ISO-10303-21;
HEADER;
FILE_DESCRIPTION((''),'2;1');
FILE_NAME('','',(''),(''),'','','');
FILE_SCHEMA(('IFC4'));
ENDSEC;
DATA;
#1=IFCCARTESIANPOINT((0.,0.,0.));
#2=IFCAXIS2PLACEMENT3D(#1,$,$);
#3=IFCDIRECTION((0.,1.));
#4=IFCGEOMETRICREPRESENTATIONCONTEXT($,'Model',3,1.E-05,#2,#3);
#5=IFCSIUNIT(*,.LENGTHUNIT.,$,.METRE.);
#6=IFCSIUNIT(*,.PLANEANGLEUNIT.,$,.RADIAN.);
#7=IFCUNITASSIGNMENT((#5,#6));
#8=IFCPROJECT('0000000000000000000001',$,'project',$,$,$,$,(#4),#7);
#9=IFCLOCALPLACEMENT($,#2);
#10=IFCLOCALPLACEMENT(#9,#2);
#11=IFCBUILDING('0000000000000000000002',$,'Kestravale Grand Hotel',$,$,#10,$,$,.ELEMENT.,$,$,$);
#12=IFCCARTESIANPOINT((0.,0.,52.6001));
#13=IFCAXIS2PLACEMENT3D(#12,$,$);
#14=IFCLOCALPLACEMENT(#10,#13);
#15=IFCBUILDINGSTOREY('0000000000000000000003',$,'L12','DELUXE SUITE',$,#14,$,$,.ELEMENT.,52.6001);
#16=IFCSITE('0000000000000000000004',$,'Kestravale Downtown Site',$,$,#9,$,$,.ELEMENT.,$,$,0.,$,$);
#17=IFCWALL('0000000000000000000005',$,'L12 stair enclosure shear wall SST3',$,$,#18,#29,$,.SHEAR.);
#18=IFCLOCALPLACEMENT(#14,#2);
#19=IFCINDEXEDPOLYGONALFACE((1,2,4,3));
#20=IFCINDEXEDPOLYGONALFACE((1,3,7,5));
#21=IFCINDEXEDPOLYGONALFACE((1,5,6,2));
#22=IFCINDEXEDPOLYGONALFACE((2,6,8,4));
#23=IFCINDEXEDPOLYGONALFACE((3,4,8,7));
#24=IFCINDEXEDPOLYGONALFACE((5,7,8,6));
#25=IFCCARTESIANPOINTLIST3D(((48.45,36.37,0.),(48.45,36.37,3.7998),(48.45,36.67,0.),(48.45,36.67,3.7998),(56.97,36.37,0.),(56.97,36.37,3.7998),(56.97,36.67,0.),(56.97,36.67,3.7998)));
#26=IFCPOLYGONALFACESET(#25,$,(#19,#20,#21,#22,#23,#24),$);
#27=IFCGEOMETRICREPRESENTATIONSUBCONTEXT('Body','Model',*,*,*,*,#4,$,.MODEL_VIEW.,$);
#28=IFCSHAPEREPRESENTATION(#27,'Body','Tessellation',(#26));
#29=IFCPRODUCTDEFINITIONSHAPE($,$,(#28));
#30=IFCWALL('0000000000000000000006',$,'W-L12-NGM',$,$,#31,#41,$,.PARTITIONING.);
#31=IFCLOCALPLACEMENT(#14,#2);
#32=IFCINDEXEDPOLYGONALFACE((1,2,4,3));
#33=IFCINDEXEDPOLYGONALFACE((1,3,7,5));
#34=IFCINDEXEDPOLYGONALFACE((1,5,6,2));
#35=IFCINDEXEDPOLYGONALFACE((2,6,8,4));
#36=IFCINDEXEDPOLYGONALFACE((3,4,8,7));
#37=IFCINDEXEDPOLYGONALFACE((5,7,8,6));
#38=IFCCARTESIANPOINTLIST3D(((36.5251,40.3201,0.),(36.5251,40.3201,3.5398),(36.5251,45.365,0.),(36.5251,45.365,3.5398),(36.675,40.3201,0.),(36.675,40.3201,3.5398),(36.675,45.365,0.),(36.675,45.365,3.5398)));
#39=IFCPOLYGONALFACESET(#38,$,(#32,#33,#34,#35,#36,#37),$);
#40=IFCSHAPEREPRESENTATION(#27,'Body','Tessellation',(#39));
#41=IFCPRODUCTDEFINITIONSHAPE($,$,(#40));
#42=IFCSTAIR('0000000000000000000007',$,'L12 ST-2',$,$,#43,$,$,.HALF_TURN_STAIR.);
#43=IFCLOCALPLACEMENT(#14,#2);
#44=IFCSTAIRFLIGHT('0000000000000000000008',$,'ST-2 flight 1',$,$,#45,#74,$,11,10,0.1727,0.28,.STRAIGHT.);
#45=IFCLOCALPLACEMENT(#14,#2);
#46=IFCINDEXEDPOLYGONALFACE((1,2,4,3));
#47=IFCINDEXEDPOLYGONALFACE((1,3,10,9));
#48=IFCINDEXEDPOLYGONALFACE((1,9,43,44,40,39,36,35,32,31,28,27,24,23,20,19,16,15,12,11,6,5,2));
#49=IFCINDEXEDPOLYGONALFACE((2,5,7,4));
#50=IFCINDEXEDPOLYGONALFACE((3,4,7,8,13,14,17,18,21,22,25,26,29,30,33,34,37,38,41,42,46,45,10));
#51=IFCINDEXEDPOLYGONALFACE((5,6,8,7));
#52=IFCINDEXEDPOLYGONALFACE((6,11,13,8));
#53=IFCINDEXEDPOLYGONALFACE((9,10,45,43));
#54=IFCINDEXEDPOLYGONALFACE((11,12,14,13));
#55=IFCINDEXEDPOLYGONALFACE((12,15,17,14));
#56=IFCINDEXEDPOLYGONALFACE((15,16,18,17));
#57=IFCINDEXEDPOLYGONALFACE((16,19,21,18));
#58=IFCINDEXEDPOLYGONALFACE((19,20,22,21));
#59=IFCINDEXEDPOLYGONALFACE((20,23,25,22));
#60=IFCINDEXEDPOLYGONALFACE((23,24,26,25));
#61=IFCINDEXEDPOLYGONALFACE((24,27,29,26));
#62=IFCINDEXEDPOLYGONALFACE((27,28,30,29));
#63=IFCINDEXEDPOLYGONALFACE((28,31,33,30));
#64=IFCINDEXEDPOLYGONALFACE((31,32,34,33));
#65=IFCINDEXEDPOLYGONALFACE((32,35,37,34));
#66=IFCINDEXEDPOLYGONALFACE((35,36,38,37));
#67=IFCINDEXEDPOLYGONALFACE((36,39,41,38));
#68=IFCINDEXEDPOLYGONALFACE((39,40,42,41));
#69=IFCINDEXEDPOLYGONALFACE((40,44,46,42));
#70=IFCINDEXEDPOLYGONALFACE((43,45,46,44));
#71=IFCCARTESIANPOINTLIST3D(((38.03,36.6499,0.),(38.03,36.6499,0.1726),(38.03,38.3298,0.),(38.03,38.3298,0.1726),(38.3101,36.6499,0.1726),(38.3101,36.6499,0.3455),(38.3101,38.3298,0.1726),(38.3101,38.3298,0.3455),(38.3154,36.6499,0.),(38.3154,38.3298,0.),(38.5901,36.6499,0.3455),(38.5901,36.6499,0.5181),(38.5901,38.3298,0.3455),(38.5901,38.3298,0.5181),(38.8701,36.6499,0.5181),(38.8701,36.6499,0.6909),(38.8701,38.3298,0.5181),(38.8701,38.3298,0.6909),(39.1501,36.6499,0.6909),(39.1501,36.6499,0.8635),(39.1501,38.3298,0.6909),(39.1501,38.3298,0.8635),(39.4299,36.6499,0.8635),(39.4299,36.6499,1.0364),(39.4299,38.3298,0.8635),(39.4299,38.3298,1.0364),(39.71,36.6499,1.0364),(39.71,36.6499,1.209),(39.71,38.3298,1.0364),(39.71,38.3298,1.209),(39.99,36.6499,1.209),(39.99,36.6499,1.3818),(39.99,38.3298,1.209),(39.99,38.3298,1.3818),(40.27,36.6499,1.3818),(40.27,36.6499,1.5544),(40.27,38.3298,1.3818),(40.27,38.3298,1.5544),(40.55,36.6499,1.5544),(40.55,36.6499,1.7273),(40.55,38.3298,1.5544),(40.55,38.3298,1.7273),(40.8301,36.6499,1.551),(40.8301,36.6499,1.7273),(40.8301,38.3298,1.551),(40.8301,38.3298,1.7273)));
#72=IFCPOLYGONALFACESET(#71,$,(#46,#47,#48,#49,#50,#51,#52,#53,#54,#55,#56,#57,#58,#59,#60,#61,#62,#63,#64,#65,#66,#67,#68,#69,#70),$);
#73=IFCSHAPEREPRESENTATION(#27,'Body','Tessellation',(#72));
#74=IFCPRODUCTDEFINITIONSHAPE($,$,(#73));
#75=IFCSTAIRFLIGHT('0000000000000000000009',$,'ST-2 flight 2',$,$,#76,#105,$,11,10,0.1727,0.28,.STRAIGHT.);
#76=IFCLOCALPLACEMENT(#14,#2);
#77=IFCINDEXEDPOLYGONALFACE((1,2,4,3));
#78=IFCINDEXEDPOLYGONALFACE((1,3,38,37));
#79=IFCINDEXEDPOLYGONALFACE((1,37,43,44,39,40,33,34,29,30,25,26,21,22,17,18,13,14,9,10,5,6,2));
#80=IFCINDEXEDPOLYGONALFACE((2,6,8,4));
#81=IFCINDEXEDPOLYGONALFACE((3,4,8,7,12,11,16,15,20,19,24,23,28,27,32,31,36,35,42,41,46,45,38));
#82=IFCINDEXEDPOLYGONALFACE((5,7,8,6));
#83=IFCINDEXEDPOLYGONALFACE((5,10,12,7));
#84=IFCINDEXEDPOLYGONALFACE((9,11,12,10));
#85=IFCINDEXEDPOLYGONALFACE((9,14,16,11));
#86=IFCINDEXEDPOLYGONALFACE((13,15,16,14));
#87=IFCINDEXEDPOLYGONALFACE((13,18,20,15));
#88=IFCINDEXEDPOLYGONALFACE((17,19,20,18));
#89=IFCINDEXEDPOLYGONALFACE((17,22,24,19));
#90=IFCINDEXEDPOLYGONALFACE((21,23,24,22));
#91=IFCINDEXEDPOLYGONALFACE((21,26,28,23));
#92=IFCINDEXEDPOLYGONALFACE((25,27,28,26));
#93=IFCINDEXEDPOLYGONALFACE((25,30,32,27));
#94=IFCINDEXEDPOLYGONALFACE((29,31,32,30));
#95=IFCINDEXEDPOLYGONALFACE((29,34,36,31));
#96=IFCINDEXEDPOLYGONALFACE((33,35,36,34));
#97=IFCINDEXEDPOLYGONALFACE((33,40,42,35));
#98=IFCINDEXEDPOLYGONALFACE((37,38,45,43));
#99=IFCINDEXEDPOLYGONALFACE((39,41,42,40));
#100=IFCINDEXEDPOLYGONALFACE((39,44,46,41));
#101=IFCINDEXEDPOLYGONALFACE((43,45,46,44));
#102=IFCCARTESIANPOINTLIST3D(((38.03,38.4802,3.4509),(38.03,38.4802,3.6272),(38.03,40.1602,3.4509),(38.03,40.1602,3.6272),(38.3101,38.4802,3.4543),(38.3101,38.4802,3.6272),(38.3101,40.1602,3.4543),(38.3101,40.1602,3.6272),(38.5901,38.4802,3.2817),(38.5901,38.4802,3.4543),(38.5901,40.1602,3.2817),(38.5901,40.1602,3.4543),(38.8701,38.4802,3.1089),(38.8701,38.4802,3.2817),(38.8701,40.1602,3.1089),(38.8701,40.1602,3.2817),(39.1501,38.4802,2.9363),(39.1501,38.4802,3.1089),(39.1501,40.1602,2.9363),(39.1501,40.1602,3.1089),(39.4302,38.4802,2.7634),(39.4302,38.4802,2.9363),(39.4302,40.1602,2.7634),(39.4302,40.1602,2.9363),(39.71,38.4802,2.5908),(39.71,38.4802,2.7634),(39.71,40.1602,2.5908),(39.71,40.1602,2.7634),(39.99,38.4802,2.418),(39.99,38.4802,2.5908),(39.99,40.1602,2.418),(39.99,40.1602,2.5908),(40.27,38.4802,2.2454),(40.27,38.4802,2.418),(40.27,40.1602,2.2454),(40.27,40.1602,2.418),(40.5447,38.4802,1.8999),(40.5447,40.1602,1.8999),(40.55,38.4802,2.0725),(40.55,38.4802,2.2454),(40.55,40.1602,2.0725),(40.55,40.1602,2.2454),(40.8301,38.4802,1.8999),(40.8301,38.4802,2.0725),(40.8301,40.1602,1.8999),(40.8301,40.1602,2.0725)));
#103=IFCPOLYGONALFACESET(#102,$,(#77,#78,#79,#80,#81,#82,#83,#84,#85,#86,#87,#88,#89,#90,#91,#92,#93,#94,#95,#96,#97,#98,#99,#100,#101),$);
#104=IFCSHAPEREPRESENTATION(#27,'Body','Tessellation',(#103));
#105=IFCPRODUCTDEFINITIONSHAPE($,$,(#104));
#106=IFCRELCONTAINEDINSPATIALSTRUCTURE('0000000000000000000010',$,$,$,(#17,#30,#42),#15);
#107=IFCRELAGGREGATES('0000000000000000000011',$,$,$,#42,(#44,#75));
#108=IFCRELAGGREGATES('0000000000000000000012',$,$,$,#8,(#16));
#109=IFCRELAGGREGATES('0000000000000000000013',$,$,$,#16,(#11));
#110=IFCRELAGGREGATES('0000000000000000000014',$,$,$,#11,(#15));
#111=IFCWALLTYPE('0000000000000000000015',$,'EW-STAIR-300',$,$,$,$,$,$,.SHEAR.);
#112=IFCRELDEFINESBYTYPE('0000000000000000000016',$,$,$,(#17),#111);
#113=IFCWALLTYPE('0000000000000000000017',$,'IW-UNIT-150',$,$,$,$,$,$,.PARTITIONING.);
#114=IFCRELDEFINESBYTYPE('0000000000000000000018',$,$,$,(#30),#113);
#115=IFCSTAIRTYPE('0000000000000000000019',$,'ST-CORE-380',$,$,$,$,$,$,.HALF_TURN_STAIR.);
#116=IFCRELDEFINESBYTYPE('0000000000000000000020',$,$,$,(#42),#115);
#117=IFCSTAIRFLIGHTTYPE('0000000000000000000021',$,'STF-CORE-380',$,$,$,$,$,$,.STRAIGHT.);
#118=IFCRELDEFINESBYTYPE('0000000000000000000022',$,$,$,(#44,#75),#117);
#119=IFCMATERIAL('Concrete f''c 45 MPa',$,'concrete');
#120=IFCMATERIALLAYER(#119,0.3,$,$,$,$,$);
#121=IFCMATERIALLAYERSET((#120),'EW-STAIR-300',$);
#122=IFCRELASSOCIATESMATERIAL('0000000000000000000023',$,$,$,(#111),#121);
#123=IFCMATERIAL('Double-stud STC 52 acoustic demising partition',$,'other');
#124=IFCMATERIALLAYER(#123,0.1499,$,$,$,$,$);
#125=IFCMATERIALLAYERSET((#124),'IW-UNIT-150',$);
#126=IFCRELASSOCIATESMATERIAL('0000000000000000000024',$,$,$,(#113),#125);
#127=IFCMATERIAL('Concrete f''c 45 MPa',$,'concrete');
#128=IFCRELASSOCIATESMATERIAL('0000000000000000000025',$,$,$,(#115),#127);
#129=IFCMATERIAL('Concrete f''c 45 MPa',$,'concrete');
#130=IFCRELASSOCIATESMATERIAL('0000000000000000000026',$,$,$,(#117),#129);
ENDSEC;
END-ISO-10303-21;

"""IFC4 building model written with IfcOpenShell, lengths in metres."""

from ifc_helpers import new_model, si_unit, direction, frame, frame_2d, origin, place, context, subcontext, project, spatial, polyline, rectangle, outline, extrude, material, layer, layer_set, type_object, element, aggregate, save


model = new_model("IFC4")

# Units and contexts
model_context = context("Model", 3, precision=1e-05, world=origin(), true_north=direction((0.0, 1.0)))
body_context = subcontext(model_context, "Body", "Model", "MODEL_VIEW")
ifc_project = project(units=[si_unit("LENGTHUNIT", "METRE"), si_unit("PLANEANGLEUNIT", "RADIAN")], contexts=[model_context])

# Site, building, storey
site_placement = place(None, origin())
site = spatial("IfcSite", under=ifc_project, at=site_placement, Name="Kestravale Downtown Site", CompositionType="ELEMENT", RefElevation=0.0)
building_placement = place(site_placement, origin())
building = spatial("IfcBuilding", under=site, at=building_placement, Name="Kestravale Grand Hotel", CompositionType="ELEMENT")
storey_placement = place(building_placement, frame((0.0, 0.0, 52.6001)))
storey = spatial("IfcBuildingStorey", under=building, at=storey_placement, Name="L12", Description="DELUXE SUITE", CompositionType="ELEMENT", Elevation=52.6001)

# Walls
ifc_material_1 = material(Name="Concrete f'c 45 MPa", Category="concrete")
ifc_layer_1 = layer(ifc_material_1, 0.3)
ifc_layer_set_1 = layer_set([ifc_layer_1], Name="EW-STAIR-300")
wall_type_1 = type_object("IfcWallType", Name="EW-STAIR-300", PredefinedType="SHEAR", material=ifc_layer_set_1)
wall_1_placement = place(storey_placement, frame((48.45, 36.52, 0.0), z_axis=(0.0, 0.0, 1.0), x_axis=(1.0, 0.0, 0.0)))
element("IfcWall", 1, at=wall_1_placement, inside=storey, type_object=wall_type_1, Name="L12 stair enclosure shear wall SST3", PredefinedType="SHEAR", context=body_context, shape_type="SweptSolid", body=[
    extrude(rectangle(XDim=8.52, YDim=0.3, at=frame_2d((4.26, 0.0))), origin(), (0.0, 0.0, 1.0), 3.7998),
])
ifc_material_2 = material(Name="Double-stud STC 52 acoustic demising partition", Category="other")
ifc_layer_2 = layer(ifc_material_2, 0.1499)
ifc_layer_set_2 = layer_set([ifc_layer_2], Name="IW-UNIT-150")
wall_type_2 = type_object("IfcWallType", Name="IW-UNIT-150", PredefinedType="PARTITIONING", material=ifc_layer_set_2)
wall_2_placement = place(storey_placement, frame((36.6001, 40.3201, 0.0), z_axis=(0.0, 0.0, 1.0), x_axis=(0.0, 1.0, 0.0)))
element("IfcWall", 2, at=wall_2_placement, inside=storey, type_object=wall_type_2, Name="W-L12-NGM", PredefinedType="PARTITIONING", context=body_context, shape_type="SweptSolid", body=[
    extrude(rectangle(XDim=5.0449, YDim=0.1499, at=frame_2d((2.5225, 0.0))), origin(), (0.0, 0.0, 1.0), 3.5398),
])

# Stair, stair flights
ifc_material_3 = material(Name="Concrete f'c 45 MPa", Category="concrete")
stair_type = type_object("IfcStairType", Name="ST-CORE-380", PredefinedType="HALF_TURN_STAIR", material=ifc_material_3)
stair_placement = place(storey_placement, origin())
stair = element("IfcStair", 3, at=stair_placement, inside=storey, type_object=stair_type, Name="L12 ST-2", PredefinedType="HALF_TURN_STAIR")
ifc_material_4 = material(Name="Concrete f'c 45 MPa", Category="concrete")
stair_flight_type = type_object("IfcStairFlightType", Name="STF-CORE-380", PredefinedType="STRAIGHT", material=ifc_material_4)
stair_flight_1_placement = place(storey_placement, frame((38.03, 37.49, 0.0), z_axis=(0.0, 0.0, 1.0), x_axis=(1.0, 0.0, 0.0)))
stair_flight_1 = element("IfcStairFlight", 4, at=stair_flight_1_placement, type_object=stair_flight_type, Name="ST-2 flight 1", NumberOfRisers=11, NumberOfTreads=10, PredefinedType="STRAIGHT", RiserHeight=0.1727, TreadLength=0.28, context=body_context, shape_type="SweptSolid", body=[
    extrude(outline(polyline([(0.0, 0.0), (0.0, 0.1726), (0.28, 0.1726), (0.28, 0.3455), (0.5601, 0.3455), (0.5601, 0.5181), (0.8401, 0.5181), (0.8401, 0.6909), (1.1201, 0.6909), (1.1201, 0.8635), (1.3999, 0.8635), (1.3999, 1.0364), (1.6799, 1.0364), (1.6799, 1.209), (1.96, 1.209), (1.96, 1.3818), (2.24, 1.3818), (2.24, 1.5544), (2.52, 1.5544), (2.52, 1.7273), (2.8, 1.7273), (2.8, 1.8999), (2.8, 1.551), (0.2854, 0.0), (0.0, 0.0)])), frame((0.0, 0.8398, 0.0), z_axis=(0.0, -1.0, 0.0), x_axis=(1.0, 0.0, 0.0)), (0.0, 0.0, 1.0), 1.6799),
])
stair_flight_2_placement = place(storey_placement, frame((40.8301, 39.3201, 1.8999), z_axis=(0.0, 0.0, 1.0), x_axis=(-1.0, 0.0, 0.0)))
stair_flight_2 = element("IfcStairFlight", 5, at=stair_flight_2_placement, type_object=stair_flight_type, Name="ST-2 flight 2", NumberOfRisers=11, NumberOfTreads=10, PredefinedType="STRAIGHT", RiserHeight=0.1727, TreadLength=0.28, context=body_context, shape_type="SweptSolid", body=[
    extrude(outline(polyline([(0.0, 0.0), (0.0, 0.1726), (0.28, 0.1726), (0.28, 0.3455), (0.5601, 0.3455), (0.5601, 0.5181), (0.8401, 0.5181), (0.8401, 0.6909), (1.1201, 0.6909), (1.1201, 0.8635), (1.3999, 0.8635), (1.3999, 1.0364), (1.6799, 1.0364), (1.6799, 1.209), (1.96, 1.209), (1.96, 1.3818), (2.24, 1.3818), (2.24, 1.5544), (2.52, 1.5544), (2.52, 1.7273), (2.8, 1.7273), (2.8, 1.8999), (2.8, 1.551), (0.2854, 0.0), (0.0, 0.0)])), frame((0.0, 0.8398, 0.0), z_axis=(0.0, -1.0, 0.0), x_axis=(1.0, 0.0, 0.0)), (0.0, 0.0, 1.0), 1.6799),
])
aggregate(stair, [stair_flight_1, stair_flight_2])

save(model, "model.ifc")
